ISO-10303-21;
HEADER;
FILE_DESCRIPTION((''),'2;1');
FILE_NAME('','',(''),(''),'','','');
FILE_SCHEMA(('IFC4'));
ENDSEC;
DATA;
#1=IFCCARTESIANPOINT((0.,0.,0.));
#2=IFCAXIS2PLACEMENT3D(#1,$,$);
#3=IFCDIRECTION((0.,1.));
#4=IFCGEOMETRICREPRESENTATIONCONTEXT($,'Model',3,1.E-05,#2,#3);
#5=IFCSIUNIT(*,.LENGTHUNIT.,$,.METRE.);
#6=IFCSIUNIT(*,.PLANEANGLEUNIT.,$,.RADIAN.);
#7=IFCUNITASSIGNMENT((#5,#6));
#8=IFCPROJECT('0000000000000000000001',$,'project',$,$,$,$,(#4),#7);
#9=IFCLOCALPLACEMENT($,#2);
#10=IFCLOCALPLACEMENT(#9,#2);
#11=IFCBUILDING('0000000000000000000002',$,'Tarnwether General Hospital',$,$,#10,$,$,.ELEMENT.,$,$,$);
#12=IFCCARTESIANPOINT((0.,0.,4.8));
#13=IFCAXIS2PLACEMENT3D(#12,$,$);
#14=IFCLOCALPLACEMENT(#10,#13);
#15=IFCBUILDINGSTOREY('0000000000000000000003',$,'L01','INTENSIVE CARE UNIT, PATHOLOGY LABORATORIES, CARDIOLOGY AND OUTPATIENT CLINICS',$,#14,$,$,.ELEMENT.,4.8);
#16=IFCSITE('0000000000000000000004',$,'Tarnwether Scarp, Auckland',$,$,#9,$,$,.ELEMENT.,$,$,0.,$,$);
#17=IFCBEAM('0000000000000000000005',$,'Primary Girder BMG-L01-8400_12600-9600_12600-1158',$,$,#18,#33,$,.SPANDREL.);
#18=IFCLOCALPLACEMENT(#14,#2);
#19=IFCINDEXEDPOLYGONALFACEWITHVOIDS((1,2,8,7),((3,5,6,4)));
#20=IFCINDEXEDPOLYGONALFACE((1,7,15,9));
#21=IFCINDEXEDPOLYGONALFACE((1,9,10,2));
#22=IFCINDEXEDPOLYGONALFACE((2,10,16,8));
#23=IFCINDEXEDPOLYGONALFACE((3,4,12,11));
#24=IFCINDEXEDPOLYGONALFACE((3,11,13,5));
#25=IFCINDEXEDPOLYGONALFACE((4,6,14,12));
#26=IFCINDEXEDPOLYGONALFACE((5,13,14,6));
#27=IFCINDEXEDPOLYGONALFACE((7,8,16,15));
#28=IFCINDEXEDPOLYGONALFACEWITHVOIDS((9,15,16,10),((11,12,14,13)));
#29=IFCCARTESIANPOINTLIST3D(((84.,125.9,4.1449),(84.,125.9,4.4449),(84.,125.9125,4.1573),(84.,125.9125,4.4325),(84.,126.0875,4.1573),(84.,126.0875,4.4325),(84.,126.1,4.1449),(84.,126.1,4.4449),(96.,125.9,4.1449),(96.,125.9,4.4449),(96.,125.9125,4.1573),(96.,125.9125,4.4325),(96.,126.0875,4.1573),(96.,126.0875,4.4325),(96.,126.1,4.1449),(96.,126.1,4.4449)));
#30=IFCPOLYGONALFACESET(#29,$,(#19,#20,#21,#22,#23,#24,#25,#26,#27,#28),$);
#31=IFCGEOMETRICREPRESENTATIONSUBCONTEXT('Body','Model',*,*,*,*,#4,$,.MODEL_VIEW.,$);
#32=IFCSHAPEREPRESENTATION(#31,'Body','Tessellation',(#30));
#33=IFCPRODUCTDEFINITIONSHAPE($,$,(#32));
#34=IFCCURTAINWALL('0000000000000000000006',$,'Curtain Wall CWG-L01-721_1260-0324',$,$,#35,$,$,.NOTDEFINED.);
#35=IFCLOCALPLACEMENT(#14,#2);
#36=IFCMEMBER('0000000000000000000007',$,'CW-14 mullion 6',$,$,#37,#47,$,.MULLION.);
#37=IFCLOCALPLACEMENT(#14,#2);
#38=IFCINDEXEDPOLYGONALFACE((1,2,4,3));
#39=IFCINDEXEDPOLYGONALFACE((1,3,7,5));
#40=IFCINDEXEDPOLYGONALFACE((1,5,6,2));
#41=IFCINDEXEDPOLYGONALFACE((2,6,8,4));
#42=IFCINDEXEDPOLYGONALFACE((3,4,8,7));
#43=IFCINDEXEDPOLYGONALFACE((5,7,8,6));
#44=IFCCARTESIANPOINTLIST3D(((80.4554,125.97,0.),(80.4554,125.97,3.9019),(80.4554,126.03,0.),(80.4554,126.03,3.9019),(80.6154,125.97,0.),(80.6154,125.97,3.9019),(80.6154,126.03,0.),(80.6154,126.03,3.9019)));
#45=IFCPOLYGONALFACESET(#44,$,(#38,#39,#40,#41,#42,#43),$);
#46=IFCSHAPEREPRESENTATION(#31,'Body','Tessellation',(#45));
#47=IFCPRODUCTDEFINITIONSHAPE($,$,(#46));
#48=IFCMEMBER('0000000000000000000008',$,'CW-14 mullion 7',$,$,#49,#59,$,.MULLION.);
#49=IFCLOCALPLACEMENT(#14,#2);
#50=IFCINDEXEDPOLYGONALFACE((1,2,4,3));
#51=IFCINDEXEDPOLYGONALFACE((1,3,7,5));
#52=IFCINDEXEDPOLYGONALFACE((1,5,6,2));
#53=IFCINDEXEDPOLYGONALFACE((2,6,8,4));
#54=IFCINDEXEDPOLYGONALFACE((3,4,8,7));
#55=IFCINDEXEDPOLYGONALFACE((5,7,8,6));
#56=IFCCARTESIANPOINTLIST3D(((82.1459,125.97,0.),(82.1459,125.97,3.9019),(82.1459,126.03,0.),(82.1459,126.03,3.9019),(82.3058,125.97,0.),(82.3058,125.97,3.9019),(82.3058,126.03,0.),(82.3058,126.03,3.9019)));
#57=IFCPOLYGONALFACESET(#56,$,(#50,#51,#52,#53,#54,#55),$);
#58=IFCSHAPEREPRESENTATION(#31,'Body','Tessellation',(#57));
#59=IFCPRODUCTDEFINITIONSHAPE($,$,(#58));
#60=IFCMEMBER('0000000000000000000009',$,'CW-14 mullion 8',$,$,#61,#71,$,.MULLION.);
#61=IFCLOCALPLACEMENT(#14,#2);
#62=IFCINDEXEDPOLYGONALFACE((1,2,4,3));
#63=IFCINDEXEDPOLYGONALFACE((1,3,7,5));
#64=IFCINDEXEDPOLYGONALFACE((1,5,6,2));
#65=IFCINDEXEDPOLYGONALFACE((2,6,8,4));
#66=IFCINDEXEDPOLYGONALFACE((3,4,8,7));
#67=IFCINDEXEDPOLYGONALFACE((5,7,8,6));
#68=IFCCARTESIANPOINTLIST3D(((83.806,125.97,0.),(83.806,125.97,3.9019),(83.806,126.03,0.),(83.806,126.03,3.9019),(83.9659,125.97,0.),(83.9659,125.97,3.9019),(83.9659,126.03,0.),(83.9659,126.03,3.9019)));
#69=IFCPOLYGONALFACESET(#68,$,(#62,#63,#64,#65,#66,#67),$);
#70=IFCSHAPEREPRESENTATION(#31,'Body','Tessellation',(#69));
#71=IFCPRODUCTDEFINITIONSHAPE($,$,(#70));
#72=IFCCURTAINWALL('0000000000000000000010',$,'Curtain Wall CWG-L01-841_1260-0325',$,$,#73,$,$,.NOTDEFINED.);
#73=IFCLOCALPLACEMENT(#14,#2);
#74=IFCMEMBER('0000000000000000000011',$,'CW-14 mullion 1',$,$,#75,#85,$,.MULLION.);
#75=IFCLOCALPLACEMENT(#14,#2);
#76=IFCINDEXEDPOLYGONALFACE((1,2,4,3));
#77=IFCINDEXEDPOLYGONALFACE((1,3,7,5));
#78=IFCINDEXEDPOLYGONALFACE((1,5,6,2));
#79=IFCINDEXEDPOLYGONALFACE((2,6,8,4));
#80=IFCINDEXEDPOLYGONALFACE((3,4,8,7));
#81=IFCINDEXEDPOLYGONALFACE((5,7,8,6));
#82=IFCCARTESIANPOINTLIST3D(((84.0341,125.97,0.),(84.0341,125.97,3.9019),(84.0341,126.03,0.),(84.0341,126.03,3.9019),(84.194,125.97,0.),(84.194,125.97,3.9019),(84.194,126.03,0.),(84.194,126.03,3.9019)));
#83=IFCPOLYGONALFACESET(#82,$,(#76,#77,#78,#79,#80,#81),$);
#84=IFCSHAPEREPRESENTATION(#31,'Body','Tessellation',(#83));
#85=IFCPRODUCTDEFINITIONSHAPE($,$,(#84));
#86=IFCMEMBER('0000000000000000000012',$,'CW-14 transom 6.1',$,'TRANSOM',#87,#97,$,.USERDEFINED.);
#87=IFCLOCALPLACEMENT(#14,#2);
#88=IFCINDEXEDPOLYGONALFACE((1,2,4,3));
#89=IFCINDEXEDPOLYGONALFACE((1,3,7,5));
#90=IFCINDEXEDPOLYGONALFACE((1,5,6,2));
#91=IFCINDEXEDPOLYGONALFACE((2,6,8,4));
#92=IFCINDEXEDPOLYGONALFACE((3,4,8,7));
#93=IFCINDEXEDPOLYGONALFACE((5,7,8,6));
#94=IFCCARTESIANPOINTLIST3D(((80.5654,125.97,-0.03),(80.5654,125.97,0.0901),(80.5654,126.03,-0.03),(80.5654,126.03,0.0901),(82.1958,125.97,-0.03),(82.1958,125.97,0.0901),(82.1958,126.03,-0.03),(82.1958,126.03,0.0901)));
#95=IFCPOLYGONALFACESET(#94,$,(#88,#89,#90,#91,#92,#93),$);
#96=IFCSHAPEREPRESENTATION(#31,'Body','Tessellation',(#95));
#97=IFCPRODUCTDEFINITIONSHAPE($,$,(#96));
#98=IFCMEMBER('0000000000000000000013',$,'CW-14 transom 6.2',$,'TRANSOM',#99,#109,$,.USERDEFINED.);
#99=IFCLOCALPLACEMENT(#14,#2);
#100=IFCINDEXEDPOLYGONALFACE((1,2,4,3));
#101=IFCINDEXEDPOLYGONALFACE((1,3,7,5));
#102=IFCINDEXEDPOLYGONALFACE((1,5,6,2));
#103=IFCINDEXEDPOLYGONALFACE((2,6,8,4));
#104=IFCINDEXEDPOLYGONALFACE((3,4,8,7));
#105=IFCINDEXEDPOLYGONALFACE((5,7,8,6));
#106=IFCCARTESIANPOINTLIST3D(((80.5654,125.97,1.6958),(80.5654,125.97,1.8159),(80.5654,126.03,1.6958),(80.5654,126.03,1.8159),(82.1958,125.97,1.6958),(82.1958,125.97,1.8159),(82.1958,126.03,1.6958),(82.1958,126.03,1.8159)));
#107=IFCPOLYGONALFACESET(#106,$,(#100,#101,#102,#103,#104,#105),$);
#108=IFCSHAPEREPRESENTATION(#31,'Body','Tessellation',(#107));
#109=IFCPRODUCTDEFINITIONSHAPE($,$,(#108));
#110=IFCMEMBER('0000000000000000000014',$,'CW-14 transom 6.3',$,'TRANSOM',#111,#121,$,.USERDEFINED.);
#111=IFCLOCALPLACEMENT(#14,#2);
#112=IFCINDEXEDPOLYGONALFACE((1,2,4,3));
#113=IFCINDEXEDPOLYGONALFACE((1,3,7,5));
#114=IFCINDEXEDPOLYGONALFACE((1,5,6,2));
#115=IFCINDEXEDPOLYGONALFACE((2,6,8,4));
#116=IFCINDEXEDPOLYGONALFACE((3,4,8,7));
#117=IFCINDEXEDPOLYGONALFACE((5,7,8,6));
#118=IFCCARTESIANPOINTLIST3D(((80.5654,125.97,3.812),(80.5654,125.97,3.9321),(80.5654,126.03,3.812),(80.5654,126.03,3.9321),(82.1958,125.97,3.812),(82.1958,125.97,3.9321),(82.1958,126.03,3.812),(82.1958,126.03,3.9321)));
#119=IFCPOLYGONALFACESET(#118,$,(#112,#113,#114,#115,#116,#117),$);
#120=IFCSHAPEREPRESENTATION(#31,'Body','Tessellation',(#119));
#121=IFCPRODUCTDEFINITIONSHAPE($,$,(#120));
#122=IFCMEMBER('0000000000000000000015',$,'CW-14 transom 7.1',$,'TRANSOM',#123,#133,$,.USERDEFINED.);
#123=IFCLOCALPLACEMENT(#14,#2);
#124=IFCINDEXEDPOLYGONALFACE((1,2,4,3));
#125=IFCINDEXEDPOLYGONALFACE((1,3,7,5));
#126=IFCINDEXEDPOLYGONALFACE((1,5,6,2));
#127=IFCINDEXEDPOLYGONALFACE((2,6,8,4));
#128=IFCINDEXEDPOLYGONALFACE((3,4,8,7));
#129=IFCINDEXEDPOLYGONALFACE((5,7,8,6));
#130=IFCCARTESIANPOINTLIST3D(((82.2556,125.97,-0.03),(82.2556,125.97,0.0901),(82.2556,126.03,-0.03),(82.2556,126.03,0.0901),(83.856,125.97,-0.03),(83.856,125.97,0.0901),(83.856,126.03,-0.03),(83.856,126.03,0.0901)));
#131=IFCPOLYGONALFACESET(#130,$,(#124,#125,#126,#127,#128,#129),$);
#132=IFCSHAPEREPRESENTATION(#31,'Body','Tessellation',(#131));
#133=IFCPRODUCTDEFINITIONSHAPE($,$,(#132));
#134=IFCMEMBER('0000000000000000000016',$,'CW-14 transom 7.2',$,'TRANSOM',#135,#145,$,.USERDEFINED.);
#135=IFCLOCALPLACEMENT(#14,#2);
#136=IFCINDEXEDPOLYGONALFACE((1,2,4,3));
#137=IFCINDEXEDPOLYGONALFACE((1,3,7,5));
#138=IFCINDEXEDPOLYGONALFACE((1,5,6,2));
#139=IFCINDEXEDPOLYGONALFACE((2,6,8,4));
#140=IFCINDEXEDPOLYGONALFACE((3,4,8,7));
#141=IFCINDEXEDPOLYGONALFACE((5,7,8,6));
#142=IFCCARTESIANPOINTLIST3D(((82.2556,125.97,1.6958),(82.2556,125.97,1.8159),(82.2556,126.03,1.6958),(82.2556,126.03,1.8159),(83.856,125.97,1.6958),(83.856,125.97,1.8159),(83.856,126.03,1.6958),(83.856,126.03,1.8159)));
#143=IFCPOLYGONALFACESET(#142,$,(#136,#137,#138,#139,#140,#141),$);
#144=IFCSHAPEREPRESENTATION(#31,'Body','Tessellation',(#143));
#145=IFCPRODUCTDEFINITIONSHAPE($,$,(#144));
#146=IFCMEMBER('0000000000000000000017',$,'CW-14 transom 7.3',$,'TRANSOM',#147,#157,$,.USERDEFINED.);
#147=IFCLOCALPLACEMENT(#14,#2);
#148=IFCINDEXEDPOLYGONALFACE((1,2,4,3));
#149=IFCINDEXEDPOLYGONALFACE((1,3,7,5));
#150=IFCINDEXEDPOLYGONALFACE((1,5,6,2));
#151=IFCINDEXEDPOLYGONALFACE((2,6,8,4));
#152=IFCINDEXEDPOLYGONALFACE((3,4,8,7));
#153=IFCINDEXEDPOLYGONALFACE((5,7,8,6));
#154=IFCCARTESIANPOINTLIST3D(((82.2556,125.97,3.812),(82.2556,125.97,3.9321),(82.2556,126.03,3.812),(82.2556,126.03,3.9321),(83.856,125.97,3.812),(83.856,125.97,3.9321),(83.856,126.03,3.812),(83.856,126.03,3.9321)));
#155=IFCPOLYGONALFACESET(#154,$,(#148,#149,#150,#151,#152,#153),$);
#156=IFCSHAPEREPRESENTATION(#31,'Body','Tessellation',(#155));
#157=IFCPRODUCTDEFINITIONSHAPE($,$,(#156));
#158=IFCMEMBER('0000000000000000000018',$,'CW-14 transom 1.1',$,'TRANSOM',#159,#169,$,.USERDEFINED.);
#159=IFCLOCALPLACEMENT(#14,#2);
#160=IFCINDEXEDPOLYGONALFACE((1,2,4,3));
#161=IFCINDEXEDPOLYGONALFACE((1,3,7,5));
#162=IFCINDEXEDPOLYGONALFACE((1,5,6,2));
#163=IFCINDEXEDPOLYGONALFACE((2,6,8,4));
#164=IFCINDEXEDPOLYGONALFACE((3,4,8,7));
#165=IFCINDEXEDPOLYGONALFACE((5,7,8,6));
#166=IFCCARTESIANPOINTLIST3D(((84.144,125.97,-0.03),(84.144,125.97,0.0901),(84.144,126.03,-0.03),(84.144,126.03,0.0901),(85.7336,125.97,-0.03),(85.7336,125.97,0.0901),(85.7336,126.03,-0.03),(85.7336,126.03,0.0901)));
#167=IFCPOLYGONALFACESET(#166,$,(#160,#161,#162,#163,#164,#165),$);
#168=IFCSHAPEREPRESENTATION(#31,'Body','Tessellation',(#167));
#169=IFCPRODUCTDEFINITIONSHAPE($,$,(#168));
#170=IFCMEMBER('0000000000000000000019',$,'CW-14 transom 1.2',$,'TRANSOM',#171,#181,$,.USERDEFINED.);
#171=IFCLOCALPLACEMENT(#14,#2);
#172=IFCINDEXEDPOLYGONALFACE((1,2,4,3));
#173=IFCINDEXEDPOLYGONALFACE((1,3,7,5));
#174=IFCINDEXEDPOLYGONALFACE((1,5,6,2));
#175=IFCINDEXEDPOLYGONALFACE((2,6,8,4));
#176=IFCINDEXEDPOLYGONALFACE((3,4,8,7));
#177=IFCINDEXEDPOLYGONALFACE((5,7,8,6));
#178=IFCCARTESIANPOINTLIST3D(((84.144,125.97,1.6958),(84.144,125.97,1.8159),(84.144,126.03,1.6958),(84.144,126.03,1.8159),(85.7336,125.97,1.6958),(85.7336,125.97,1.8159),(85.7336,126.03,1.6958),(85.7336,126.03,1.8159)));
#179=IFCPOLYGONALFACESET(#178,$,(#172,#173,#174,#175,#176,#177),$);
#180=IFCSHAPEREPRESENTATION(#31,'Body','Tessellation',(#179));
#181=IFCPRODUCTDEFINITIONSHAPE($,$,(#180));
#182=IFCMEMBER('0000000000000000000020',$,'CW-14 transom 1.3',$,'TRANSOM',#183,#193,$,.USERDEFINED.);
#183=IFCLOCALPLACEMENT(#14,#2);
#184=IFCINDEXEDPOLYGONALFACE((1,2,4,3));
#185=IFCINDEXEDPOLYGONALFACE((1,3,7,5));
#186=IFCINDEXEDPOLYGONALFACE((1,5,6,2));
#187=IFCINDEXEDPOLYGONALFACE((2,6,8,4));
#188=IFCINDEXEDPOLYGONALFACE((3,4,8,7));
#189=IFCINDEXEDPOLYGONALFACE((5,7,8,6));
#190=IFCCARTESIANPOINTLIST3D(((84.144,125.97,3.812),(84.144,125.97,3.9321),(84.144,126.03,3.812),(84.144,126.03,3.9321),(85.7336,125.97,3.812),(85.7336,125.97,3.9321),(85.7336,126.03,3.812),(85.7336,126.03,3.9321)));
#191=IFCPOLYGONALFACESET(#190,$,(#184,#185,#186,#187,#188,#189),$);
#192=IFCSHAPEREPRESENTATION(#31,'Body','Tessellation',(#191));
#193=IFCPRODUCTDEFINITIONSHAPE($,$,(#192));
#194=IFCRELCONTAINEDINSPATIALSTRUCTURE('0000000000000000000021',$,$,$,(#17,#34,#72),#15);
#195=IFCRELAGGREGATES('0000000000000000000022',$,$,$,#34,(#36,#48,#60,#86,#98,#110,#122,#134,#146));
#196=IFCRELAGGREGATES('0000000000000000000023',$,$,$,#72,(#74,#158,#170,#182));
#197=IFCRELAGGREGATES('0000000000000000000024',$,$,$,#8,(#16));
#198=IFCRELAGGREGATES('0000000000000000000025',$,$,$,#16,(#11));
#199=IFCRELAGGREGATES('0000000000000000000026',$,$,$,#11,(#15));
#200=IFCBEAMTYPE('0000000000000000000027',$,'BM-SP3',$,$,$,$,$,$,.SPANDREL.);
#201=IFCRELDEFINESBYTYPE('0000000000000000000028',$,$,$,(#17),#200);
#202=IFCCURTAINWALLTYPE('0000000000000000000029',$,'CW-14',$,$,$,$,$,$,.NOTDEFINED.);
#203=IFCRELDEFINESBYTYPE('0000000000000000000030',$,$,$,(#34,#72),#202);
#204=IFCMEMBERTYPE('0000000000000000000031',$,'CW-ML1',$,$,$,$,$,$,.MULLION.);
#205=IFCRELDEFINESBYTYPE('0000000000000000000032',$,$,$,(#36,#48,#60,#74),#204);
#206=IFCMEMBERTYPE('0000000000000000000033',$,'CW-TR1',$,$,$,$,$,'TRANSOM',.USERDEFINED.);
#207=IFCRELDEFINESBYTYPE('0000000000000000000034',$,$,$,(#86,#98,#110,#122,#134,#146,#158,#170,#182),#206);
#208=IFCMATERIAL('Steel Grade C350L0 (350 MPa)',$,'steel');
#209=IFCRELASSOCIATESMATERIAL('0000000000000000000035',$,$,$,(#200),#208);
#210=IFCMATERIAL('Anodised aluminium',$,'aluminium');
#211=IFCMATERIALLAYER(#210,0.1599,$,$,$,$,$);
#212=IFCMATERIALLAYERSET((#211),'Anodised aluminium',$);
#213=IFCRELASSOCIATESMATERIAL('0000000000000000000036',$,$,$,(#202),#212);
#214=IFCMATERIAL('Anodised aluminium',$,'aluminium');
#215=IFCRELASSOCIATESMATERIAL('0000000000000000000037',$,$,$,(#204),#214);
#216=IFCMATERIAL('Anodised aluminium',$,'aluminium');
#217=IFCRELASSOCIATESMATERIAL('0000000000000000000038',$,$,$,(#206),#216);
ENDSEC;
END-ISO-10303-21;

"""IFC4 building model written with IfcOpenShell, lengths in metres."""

from ifc_helpers import new_model, si_unit, direction, frame, origin, origin_2d, place, context, subcontext, project, spatial, rectangle, hollow_rectangle, extrude, material, layer, layer_set, material_profile, profile_set, type_object, element, aggregate, save


model = new_model("IFC4")

# Units and contexts
model_context = context("Model", 3, precision=1e-05, world=origin(), true_north=direction((0.0, 1.0)))
body_context = subcontext(model_context, "Body", "Model", "MODEL_VIEW")
ifc_project = project(units=[si_unit("LENGTHUNIT", "METRE"), si_unit("PLANEANGLEUNIT", "RADIAN")], contexts=[model_context])

# Site, building, storey
site_placement = place(None, origin())
site = spatial("IfcSite", under=ifc_project, at=site_placement, Name="Tarnwether Scarp, Auckland", CompositionType="ELEMENT", RefElevation=0.0)
building_placement = place(site_placement, origin())
building = spatial("IfcBuilding", under=site, at=building_placement, Name="Tarnwether General Hospital", CompositionType="ELEMENT")
storey_placement = place(building_placement, frame((0.0, 0.0, 4.8)))
storey = spatial("IfcBuildingStorey", under=building, at=storey_placement, Name="L01", Description="INTENSIVE CARE UNIT, PATHOLOGY LABORATORIES, CARDIOLOGY AND OUTPATIENT CLINICS", CompositionType="ELEMENT", Elevation=4.8)

# Beam
ifc_material_1 = material(Name="Steel Grade C350L0 (350 MPa)", Category="steel")
ifc_material_profile_1 = material_profile(ifc_material_1, hollow_rectangle(XDim=0.2, YDim=0.3, WallThickness=0.0125, at=origin_2d()), Name="RHS300x200x12.5")
ifc_profile_set_1 = profile_set([ifc_material_profile_1], Name="Steel Grade C350L0 (350 MPa)")
beam_type_1 = type_object("IfcBeamType", Name="BM-SP3", PredefinedType="SPANDREL", material=ifc_profile_set_1)
beam_1_placement = place(storey_placement, frame((84.0, 126.0, 4.2949), z_axis=(1.0, 0.0, 0.0), x_axis=(0.0, 1.0, 0.0)))
element("IfcBeam", 1, at=beam_1_placement, inside=storey, type_object=beam_type_1, Name="Primary Girder BMG-L01-8400_12600-9600_12600-1158", PredefinedType="SPANDREL", context=body_context, shape_type="SweptSolid", body=[
    extrude(hollow_rectangle(XDim=0.2, YDim=0.3, WallThickness=0.0125, at=origin_2d()), origin(), (0.0, 0.0, 1.0), 12.0),
])

# Curtain wall, members
ifc_material_2 = material(Name="Anodised aluminium", Category="aluminium")
ifc_layer_1 = layer(ifc_material_2, 0.1599)
ifc_layer_set_1 = layer_set([ifc_layer_1], Name="Anodised aluminium")
curtain_wall_type = type_object("IfcCurtainWallType", Name="CW-14", PredefinedType="NOTDEFINED", material=ifc_layer_set_1)
curtain_wall_1_placement = place(storey_placement, origin())
curtain_wall_1 = element("IfcCurtainWall", 2, at=curtain_wall_1_placement, inside=storey, type_object=curtain_wall_type, Name="Curtain Wall CWG-L01-721_1260-0324", PredefinedType="NOTDEFINED")
ifc_material_3 = material(Name="Anodised aluminium", Category="aluminium")
ifc_material_profile_2 = material_profile(ifc_material_3, rectangle(XDim=0.0601, YDim=0.1599, at=origin_2d()), Name="ALU-MUL-60x160")
ifc_profile_set_2 = profile_set([ifc_material_profile_2], Name="Anodised aluminium")
member_type_1 = type_object("IfcMemberType", Name="CW-ML1", PredefinedType="MULLION", material=ifc_profile_set_2)
member_1_placement = place(storey_placement, frame((80.5354, 126.0, 0.0), z_axis=(0.0, 0.0, 1.0), x_axis=(0.0, 1.0, 0.0)))
member_1 = element("IfcMember", 3, at=member_1_placement, type_object=member_type_1, Name="CW-14 mullion 6", PredefinedType="MULLION", context=body_context, shape_type="SweptSolid", body=[
    extrude(rectangle(XDim=0.0601, YDim=0.1599, at=origin_2d()), origin(), (0.0, 0.0, 1.0), 3.9019),
])
member_2_placement = place(storey_placement, frame((82.2258, 126.0, 0.0), z_axis=(0.0, 0.0, 1.0), x_axis=(0.0, 1.0, 0.0)))
member_2 = element("IfcMember", 4, at=member_2_placement, type_object=member_type_1, Name="CW-14 mullion 7", PredefinedType="MULLION", context=body_context, shape_type="SweptSolid", body=[
    extrude(rectangle(XDim=0.0601, YDim=0.1599, at=origin_2d()), origin(), (0.0, 0.0, 1.0), 3.9019),
])
member_3_placement = place(storey_placement, frame((83.886, 126.0, 0.0), z_axis=(0.0, 0.0, 1.0), x_axis=(0.0, 1.0, 0.0)))
member_3 = element("IfcMember", 5, at=member_3_placement, type_object=member_type_1, Name="CW-14 mullion 8", PredefinedType="MULLION", context=body_context, shape_type="SweptSolid", body=[
    extrude(rectangle(XDim=0.0601, YDim=0.1599, at=origin_2d()), origin(), (0.0, 0.0, 1.0), 3.9019),
])

# Curtain wall, member
curtain_wall_2_placement = place(storey_placement, origin())
curtain_wall_2 = element("IfcCurtainWall", 6, at=curtain_wall_2_placement, inside=storey, type_object=curtain_wall_type, Name="Curtain Wall CWG-L01-841_1260-0325", PredefinedType="NOTDEFINED")
member_4_placement = place(storey_placement, frame((84.114, 126.0, 0.0), z_axis=(0.0, 0.0, 1.0), x_axis=(0.0, 1.0, 0.0)))
member_4 = element("IfcMember", 7, at=member_4_placement, type_object=member_type_1, Name="CW-14 mullion 1", PredefinedType="MULLION", context=body_context, shape_type="SweptSolid", body=[
    extrude(rectangle(XDim=0.0601, YDim=0.1599, at=origin_2d()), origin(), (0.0, 0.0, 1.0), 3.9019),
])

# Members
ifc_material_4 = material(Name="Anodised aluminium", Category="aluminium")
ifc_material_profile_3 = material_profile(ifc_material_4, rectangle(XDim=0.0601, YDim=0.1201, at=origin_2d()), Name="ALU-TRN-60x120")
ifc_profile_set_3 = profile_set([ifc_material_profile_3], Name="Anodised aluminium")
member_type_2 = type_object("IfcMemberType", Name="CW-TR1", ElementType="TRANSOM", PredefinedType="USERDEFINED", material=ifc_profile_set_3)
member_5_placement = place(storey_placement, frame((80.5654, 126.0, 0.03), z_axis=(1.0, 0.0, 0.0), x_axis=(0.0, 1.0, 0.0)))
member_5 = element("IfcMember", 8, at=member_5_placement, type_object=member_type_2, Name="CW-14 transom 6.1", ObjectType="TRANSOM", PredefinedType="USERDEFINED", context=body_context, shape_type="SweptSolid", body=[
    extrude(rectangle(XDim=0.0601, YDim=0.1201, at=origin_2d()), origin(), (0.0, 0.0, 1.0), 1.6304),
])
member_6_placement = place(storey_placement, frame((80.5654, 126.0, 1.7559), z_axis=(1.0, 0.0, 0.0), x_axis=(0.0, 1.0, 0.0)))
member_6 = element("IfcMember", 9, at=member_6_placement, type_object=member_type_2, Name="CW-14 transom 6.2", ObjectType="TRANSOM", PredefinedType="USERDEFINED", context=body_context, shape_type="SweptSolid", body=[
    extrude(rectangle(XDim=0.0601, YDim=0.1201, at=origin_2d()), origin(), (0.0, 0.0, 1.0), 1.6304),
])
member_7_placement = place(storey_placement, frame((80.5654, 126.0, 3.8721), z_axis=(1.0, 0.0, 0.0), x_axis=(0.0, 1.0, 0.0)))
member_7 = element("IfcMember", 10, at=member_7_placement, type_object=member_type_2, Name="CW-14 transom 6.3", ObjectType="TRANSOM", PredefinedType="USERDEFINED", context=body_context, shape_type="SweptSolid", body=[
    extrude(rectangle(XDim=0.0601, YDim=0.1201, at=origin_2d()), origin(), (0.0, 0.0, 1.0), 1.6304),
])
member_8_placement = place(storey_placement, frame((82.2556, 126.0, 0.03), z_axis=(1.0, 0.0, 0.0), x_axis=(0.0, 1.0, 0.0)))
member_8 = element("IfcMember", 11, at=member_8_placement, type_object=member_type_2, Name="CW-14 transom 7.1", ObjectType="TRANSOM", PredefinedType="USERDEFINED", context=body_context, shape_type="SweptSolid", body=[
    extrude(rectangle(XDim=0.0601, YDim=0.1201, at=origin_2d()), origin(), (0.0, 0.0, 1.0), 1.6003),
])
member_9_placement = place(storey_placement, frame((82.2556, 126.0, 1.7559), z_axis=(1.0, 0.0, 0.0), x_axis=(0.0, 1.0, 0.0)))
member_9 = element("IfcMember", 12, at=member_9_placement, type_object=member_type_2, Name="CW-14 transom 7.2", ObjectType="TRANSOM", PredefinedType="USERDEFINED", context=body_context, shape_type="SweptSolid", body=[
    extrude(rectangle(XDim=0.0601, YDim=0.1201, at=origin_2d()), origin(), (0.0, 0.0, 1.0), 1.6003),
])
member_10_placement = place(storey_placement, frame((82.2556, 126.0, 3.8721), z_axis=(1.0, 0.0, 0.0), x_axis=(0.0, 1.0, 0.0)))
member_10 = element("IfcMember", 13, at=member_10_placement, type_object=member_type_2, Name="CW-14 transom 7.3", ObjectType="TRANSOM", PredefinedType="USERDEFINED", context=body_context, shape_type="SweptSolid", body=[
    extrude(rectangle(XDim=0.0601, YDim=0.1201, at=origin_2d()), origin(), (0.0, 0.0, 1.0), 1.6003),
])
member_11_placement = place(storey_placement, frame((84.144, 126.0, 0.03), z_axis=(1.0, 0.0, 0.0), x_axis=(0.0, 1.0, 0.0)))
member_11 = element("IfcMember", 14, at=member_11_placement, type_object=member_type_2, Name="CW-14 transom 1.1", ObjectType="TRANSOM", PredefinedType="USERDEFINED", context=body_context, shape_type="SweptSolid", body=[
    extrude(rectangle(XDim=0.0601, YDim=0.1201, at=origin_2d()), origin(), (0.0, 0.0, 1.0), 1.5896),
])
member_12_placement = place(storey_placement, frame((84.144, 126.0, 1.7559), z_axis=(1.0, 0.0, 0.0), x_axis=(0.0, 1.0, 0.0)))
member_12 = element("IfcMember", 15, at=member_12_placement, type_object=member_type_2, Name="CW-14 transom 1.2", ObjectType="TRANSOM", PredefinedType="USERDEFINED", context=body_context, shape_type="SweptSolid", body=[
    extrude(rectangle(XDim=0.0601, YDim=0.1201, at=origin_2d()), origin(), (0.0, 0.0, 1.0), 1.5896),
])
member_13_placement = place(storey_placement, frame((84.144, 126.0, 3.8721), z_axis=(1.0, 0.0, 0.0), x_axis=(0.0, 1.0, 0.0)))
member_13 = element("IfcMember", 16, at=member_13_placement, type_object=member_type_2, Name="CW-14 transom 1.3", ObjectType="TRANSOM", PredefinedType="USERDEFINED", context=body_context, shape_type="SweptSolid", body=[
    extrude(rectangle(XDim=0.0601, YDim=0.1201, at=origin_2d()), origin(), (0.0, 0.0, 1.0), 1.5896),
])

aggregate(curtain_wall_1, [member_1, member_2, member_3, member_5, member_6, member_7, member_8, member_9, member_10])
aggregate(curtain_wall_2, [member_4, member_11, member_12, member_13])

save(model, "model.ifc")
